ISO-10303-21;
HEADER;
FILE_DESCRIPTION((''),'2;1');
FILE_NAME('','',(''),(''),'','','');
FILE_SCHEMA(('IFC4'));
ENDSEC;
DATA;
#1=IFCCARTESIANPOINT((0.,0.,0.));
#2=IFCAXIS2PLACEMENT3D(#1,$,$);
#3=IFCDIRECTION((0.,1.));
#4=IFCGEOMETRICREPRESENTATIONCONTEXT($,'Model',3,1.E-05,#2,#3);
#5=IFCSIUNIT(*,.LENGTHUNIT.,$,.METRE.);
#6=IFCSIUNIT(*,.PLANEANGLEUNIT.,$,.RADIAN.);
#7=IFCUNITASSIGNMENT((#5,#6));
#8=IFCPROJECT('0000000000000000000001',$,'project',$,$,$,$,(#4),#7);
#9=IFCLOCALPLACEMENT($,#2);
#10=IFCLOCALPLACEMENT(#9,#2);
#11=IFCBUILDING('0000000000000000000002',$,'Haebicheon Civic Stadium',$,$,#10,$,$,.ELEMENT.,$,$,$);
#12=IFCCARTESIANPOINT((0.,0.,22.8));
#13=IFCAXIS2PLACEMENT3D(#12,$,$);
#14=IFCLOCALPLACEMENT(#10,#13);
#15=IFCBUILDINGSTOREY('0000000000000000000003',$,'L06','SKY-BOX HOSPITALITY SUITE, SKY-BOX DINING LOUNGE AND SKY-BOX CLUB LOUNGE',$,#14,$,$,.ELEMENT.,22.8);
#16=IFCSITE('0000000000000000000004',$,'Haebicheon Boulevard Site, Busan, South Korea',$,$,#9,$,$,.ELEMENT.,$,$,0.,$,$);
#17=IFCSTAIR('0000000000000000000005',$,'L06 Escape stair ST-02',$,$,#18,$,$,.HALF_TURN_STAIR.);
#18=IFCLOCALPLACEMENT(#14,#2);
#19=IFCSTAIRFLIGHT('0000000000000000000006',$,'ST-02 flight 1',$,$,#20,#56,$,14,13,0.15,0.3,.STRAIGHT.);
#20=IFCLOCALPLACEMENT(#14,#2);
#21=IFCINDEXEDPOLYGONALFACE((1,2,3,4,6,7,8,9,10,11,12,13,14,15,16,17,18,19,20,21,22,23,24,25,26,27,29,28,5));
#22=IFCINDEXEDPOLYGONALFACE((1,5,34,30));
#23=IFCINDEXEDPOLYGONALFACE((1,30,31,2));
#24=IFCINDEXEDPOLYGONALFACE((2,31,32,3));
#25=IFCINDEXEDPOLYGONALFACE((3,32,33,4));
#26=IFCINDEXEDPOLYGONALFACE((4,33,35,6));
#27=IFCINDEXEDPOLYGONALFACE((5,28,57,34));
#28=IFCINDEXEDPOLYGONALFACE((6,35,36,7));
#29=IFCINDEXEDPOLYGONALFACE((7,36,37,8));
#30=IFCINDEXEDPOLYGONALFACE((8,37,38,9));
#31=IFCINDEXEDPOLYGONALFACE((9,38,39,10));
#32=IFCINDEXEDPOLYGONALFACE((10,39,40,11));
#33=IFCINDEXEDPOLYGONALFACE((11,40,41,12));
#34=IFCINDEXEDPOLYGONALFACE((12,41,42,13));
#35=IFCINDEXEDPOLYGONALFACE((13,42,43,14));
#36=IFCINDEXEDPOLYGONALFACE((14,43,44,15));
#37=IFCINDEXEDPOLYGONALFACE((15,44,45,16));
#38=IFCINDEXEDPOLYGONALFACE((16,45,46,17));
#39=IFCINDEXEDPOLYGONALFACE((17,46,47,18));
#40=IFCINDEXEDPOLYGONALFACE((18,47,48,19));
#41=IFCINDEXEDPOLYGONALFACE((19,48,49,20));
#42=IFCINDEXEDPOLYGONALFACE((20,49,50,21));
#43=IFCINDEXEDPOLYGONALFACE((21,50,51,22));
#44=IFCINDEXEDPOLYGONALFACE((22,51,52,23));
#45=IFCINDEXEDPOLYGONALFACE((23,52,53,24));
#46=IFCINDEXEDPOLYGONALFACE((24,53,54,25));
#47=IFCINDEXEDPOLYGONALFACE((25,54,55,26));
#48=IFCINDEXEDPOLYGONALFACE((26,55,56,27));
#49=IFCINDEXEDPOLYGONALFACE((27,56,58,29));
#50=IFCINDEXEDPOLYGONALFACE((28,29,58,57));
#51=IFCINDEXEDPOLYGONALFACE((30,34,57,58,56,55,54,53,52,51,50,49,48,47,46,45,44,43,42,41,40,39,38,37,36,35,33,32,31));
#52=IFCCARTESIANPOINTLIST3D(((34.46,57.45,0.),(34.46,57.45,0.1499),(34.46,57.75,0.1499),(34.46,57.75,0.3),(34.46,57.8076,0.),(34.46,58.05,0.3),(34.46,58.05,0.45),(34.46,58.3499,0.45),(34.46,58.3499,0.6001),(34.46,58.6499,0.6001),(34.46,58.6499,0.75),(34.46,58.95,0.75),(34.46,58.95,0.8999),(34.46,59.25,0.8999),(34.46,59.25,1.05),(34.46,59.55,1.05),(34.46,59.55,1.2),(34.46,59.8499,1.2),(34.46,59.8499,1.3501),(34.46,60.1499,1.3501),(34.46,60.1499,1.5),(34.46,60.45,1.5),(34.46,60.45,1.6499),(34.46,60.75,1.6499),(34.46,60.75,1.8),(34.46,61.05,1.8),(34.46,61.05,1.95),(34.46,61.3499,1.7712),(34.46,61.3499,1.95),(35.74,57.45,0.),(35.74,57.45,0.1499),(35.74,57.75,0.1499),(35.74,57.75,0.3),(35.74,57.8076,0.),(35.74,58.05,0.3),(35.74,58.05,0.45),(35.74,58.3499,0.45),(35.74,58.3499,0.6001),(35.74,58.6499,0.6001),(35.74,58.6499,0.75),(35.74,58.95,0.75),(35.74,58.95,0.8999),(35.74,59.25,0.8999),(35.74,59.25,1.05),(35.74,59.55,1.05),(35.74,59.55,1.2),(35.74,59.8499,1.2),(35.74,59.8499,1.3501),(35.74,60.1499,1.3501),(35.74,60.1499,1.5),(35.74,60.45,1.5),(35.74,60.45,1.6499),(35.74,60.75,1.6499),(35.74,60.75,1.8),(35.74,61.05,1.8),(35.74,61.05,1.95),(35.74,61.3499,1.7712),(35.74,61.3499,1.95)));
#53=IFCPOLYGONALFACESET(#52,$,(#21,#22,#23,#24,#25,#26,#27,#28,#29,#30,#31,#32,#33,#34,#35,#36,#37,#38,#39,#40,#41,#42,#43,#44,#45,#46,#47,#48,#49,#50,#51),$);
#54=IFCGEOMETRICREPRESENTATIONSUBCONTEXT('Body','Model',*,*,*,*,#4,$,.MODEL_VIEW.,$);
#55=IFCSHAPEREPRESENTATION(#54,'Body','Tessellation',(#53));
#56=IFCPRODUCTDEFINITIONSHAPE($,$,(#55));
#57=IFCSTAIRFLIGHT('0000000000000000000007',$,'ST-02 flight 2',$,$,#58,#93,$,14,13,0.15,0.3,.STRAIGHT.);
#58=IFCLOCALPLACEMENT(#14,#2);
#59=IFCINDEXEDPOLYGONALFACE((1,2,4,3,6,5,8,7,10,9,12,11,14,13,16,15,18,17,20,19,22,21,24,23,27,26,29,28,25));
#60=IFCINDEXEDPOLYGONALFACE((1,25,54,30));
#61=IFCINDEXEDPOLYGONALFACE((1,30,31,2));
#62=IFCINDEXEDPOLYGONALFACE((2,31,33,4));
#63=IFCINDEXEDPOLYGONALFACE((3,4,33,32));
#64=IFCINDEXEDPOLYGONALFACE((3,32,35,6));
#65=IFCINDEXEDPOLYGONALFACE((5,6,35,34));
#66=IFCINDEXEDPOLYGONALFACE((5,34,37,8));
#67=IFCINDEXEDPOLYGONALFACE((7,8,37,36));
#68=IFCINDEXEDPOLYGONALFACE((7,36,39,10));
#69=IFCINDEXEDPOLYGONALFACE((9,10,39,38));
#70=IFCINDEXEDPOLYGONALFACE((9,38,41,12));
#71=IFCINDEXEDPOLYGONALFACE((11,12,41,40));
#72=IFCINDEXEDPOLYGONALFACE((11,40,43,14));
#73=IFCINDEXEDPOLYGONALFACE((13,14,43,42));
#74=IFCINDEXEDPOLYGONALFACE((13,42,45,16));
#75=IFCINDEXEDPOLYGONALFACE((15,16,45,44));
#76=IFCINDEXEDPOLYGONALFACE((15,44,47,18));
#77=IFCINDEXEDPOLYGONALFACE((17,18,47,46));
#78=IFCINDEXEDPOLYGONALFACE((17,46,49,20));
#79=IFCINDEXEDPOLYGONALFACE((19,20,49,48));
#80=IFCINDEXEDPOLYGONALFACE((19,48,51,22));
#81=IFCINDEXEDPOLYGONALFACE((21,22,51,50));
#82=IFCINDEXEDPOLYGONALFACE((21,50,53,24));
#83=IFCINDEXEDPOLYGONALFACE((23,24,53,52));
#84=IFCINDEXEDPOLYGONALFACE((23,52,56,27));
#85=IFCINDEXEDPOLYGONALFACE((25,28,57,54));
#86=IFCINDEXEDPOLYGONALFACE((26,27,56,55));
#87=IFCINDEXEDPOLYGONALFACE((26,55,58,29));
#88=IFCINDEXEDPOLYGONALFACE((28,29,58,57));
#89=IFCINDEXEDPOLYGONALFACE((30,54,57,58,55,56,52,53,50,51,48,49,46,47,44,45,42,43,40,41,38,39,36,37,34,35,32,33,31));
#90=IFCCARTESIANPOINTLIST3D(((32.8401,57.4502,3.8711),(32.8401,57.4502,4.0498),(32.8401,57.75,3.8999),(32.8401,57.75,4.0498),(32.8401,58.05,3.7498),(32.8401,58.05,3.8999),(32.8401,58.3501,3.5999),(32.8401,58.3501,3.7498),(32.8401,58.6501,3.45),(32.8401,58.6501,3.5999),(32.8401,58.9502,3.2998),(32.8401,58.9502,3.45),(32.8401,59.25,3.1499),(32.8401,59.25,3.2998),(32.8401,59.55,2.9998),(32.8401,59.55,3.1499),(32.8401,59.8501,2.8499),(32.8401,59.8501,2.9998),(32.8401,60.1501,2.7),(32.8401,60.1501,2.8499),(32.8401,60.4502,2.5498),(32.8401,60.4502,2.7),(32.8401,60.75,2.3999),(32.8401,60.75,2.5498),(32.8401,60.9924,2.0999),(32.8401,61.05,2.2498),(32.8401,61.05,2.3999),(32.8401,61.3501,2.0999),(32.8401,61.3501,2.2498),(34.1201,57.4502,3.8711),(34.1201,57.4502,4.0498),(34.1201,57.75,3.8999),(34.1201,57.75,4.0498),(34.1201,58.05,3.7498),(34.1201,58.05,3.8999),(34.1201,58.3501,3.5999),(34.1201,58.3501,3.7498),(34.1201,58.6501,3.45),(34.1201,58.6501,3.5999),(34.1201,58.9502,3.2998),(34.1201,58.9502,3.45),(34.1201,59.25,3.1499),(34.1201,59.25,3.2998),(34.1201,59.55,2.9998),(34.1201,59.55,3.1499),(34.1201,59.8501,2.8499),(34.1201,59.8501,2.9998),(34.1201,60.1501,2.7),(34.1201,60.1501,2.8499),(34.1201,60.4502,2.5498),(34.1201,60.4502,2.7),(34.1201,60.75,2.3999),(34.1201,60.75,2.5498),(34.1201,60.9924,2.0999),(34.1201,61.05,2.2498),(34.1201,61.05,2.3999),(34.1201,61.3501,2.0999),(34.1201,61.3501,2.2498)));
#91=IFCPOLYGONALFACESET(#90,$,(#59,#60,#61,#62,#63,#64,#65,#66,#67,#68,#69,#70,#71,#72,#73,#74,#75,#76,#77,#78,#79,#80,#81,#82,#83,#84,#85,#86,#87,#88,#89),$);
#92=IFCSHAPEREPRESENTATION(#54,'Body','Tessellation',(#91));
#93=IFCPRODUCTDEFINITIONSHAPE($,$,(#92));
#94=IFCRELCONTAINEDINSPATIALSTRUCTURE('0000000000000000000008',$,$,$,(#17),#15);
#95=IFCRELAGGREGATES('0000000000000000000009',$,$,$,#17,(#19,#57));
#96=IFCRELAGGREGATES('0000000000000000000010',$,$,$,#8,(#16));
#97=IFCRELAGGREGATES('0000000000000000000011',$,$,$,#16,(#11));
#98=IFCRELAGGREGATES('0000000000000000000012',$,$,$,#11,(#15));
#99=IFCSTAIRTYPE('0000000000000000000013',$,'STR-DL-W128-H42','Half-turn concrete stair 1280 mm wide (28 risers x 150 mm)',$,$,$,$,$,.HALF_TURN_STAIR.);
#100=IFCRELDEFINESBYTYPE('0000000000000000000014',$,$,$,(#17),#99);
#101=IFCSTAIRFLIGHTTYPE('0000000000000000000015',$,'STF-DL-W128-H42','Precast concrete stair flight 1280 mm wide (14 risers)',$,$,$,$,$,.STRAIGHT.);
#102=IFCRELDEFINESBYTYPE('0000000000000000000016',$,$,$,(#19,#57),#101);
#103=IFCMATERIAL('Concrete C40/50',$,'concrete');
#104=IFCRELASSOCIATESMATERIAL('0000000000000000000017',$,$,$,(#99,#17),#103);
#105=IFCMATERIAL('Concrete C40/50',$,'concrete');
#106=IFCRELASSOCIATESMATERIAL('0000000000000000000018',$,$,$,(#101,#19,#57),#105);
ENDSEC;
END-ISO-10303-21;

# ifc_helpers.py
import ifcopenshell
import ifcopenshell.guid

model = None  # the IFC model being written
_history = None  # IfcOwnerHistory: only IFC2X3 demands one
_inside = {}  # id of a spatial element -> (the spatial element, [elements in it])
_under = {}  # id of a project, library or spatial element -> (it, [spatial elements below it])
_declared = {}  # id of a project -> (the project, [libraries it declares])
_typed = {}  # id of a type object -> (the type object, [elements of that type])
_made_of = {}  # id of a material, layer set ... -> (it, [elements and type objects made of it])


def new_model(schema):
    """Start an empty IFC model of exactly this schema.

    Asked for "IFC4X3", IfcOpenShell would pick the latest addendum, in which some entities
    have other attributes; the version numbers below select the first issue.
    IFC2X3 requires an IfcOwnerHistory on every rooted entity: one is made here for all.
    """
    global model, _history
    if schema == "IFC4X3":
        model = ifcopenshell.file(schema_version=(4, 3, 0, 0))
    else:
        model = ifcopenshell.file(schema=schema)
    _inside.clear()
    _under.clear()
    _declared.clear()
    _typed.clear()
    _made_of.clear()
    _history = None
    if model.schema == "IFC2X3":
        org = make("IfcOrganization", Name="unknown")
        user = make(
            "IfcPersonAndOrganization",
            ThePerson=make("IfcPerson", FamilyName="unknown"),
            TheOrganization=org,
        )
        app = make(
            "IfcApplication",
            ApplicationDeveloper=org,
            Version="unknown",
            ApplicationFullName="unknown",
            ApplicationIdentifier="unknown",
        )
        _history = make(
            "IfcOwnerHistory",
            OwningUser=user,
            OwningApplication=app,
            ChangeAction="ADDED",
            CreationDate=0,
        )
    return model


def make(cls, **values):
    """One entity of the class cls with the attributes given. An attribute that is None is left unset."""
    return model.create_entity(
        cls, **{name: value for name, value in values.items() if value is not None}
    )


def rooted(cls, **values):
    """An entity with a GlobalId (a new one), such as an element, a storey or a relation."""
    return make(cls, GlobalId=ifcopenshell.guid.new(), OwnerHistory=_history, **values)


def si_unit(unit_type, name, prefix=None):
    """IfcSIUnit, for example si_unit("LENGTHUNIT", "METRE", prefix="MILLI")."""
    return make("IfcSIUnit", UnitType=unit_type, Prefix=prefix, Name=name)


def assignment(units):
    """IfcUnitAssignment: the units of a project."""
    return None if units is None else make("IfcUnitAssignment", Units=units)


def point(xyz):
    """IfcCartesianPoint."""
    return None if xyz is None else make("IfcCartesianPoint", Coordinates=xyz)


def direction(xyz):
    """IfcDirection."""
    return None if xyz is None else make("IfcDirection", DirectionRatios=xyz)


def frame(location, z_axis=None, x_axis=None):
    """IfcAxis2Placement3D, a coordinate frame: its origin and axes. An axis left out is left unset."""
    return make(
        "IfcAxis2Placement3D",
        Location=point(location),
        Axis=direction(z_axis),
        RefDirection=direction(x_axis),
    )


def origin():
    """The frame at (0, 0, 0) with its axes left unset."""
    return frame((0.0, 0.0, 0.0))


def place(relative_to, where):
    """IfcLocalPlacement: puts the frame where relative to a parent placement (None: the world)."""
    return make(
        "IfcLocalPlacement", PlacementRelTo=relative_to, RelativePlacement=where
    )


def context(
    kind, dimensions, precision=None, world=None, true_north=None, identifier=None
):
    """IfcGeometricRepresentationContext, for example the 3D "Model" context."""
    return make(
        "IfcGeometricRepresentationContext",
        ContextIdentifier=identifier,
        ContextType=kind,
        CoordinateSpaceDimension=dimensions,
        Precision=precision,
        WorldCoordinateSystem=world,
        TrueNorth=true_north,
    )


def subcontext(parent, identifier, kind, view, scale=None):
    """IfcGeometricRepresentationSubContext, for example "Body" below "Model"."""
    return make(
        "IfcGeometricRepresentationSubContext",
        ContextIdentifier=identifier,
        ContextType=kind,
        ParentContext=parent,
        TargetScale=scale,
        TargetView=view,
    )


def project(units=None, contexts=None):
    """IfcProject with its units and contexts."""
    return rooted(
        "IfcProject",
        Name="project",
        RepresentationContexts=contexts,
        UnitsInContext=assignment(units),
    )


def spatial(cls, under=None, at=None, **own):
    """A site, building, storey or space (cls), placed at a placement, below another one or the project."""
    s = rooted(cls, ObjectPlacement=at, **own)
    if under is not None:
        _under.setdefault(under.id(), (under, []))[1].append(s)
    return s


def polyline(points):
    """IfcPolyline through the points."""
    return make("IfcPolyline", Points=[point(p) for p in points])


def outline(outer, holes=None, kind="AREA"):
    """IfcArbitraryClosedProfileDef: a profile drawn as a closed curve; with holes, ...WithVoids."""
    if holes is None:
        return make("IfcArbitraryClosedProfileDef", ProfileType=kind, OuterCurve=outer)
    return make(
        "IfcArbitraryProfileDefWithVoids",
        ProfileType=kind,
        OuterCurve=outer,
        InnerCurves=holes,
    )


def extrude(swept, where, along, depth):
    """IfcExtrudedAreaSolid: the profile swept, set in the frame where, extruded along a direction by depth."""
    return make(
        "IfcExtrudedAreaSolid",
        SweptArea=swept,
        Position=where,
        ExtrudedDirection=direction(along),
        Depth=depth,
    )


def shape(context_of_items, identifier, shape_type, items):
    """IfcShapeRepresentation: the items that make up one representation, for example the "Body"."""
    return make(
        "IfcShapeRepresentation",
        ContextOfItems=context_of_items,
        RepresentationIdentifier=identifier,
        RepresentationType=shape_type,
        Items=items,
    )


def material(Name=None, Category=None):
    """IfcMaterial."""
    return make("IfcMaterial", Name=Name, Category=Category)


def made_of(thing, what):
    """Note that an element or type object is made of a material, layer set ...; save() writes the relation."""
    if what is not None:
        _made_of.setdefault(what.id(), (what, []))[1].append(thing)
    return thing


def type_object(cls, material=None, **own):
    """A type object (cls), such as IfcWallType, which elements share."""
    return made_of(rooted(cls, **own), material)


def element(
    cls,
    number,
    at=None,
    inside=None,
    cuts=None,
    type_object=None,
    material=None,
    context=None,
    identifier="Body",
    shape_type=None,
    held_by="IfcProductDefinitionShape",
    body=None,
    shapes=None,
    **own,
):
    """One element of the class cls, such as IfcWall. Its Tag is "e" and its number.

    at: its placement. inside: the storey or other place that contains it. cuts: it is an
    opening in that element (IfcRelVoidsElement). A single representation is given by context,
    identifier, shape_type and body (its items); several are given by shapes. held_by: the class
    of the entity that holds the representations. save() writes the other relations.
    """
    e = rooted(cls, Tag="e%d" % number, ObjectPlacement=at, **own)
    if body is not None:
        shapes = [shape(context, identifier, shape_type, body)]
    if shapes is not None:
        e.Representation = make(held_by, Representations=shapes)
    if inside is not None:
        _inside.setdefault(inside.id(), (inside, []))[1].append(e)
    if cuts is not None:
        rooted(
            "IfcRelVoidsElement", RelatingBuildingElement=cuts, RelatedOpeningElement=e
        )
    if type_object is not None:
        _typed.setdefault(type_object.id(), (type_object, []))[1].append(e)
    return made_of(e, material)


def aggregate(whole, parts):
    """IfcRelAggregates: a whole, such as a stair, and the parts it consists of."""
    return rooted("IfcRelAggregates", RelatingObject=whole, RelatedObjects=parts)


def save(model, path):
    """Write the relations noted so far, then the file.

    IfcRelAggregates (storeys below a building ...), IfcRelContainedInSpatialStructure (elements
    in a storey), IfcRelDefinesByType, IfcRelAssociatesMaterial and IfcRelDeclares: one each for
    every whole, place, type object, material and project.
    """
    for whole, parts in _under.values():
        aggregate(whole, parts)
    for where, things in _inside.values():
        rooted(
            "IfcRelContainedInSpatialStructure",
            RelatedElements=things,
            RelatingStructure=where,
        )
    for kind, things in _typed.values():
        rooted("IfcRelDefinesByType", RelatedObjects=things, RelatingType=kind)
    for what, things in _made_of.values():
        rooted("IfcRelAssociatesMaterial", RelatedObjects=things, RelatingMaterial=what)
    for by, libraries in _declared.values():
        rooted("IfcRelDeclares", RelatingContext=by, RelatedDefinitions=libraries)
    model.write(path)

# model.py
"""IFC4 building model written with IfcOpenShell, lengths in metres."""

from ifc_helpers import new_model, si_unit, direction, frame, origin, place, context, subcontext, project, spatial, polyline, outline, extrude, material, type_object, element, aggregate, save


model = new_model("IFC4")

# Units and contexts
model_context = context("Model", 3, precision=1e-05, world=origin(), true_north=direction((0.0, 1.0)))
body_context = subcontext(model_context, "Body", "Model", "MODEL_VIEW")
ifc_project = project(units=[si_unit("LENGTHUNIT", "METRE"), si_unit("PLANEANGLEUNIT", "RADIAN")], contexts=[model_context])

# Site, building, storey
site_placement = place(None, origin())
site = spatial("IfcSite", under=ifc_project, at=site_placement, Name="Haebicheon Boulevard Site, Busan, South Korea", CompositionType="ELEMENT", RefElevation=0.0)
building_placement = place(site_placement, origin())
building = spatial("IfcBuilding", under=site, at=building_placement, Name="Haebicheon Civic Stadium", CompositionType="ELEMENT")
storey_placement = place(building_placement, frame((0.0, 0.0, 22.8)))
storey = spatial("IfcBuildingStorey", under=building, at=storey_placement, Name="L06", Description="SKY-BOX HOSPITALITY SUITE, SKY-BOX DINING LOUNGE AND SKY-BOX CLUB LOUNGE", CompositionType="ELEMENT", Elevation=22.8)

# Stair, stair flights
ifc_material_1 = material(Name="Concrete C40/50", Category="concrete")
stair_type = type_object("IfcStairType", Name="STR-DL-W128-H42", Description="Half-turn concrete stair 1280 mm wide (28 risers x 150 mm)", PredefinedType="HALF_TURN_STAIR", material=ifc_material_1)
stair_placement = place(storey_placement, origin())
stair = element("IfcStair", 1, at=stair_placement, inside=storey, type_object=stair_type, material=ifc_material_1, Name="L06 Escape stair ST-02", PredefinedType="HALF_TURN_STAIR")
ifc_material_2 = material(Name="Concrete C40/50", Category="concrete")
stair_flight_type = type_object("IfcStairFlightType", Name="STF-DL-W128-H42", Description="Precast concrete stair flight 1280 mm wide (14 risers)", PredefinedType="STRAIGHT", material=ifc_material_2)
stair_flight_1_placement = place(storey_placement, frame((35.1001, 57.45, 0.0), z_axis=(0.0, 0.0, 1.0), x_axis=(0.0, 1.0, 0.0)))
stair_flight_1 = element("IfcStairFlight", 2, at=stair_flight_1_placement, type_object=stair_flight_type, material=ifc_material_2, Name="ST-02 flight 1", NumberOfRisers=14, NumberOfTreads=13, PredefinedType="STRAIGHT", RiserHeight=0.15, TreadLength=0.3, context=body_context, shape_type="SweptSolid", body=[
    extrude(outline(polyline([(0.0, 0.0), (0.0, 0.1499), (0.3, 0.1499), (0.3, 0.3), (0.6001, 0.3), (0.6001, 0.45), (0.8999, 0.45), (0.8999, 0.6001), (1.2, 0.6001), (1.2, 0.75), (1.5, 0.75), (1.5, 0.8999), (1.8, 0.8999), (1.8, 1.05), (2.1001, 1.05), (2.1001, 1.2), (2.3999, 1.2), (2.3999, 1.3501), (2.7, 1.3501), (2.7, 1.5), (3.0, 1.5), (3.0, 1.6499), (3.3, 1.6499), (3.3, 1.8), (3.6001, 1.8), (3.6001, 1.95), (3.8999, 1.95), (3.8999, 2.1001), (3.8999, 1.7712), (0.3577, 0.0), (0.0, 0.0)])), frame((0.0, 0.6401, 0.0), z_axis=(0.0, -1.0, 0.0), x_axis=(1.0, 0.0, 0.0)), (0.0, 0.0, 1.0), 1.28),
])
stair_flight_2_placement = place(storey_placement, frame((33.48, 61.3501, 2.0999), z_axis=(0.0, 0.0, 1.0), x_axis=(0.0, -1.0, 0.0)))
stair_flight_2 = element("IfcStairFlight", 3, at=stair_flight_2_placement, type_object=stair_flight_type, material=ifc_material_2, Name="ST-02 flight 2", NumberOfRisers=14, NumberOfTreads=13, PredefinedType="STRAIGHT", RiserHeight=0.15, TreadLength=0.3, context=body_context, shape_type="SweptSolid", body=[
    extrude(outline(polyline([(0.0, 0.0), (0.0, 0.1499), (0.3, 0.1499), (0.3, 0.3), (0.6001, 0.3), (0.6001, 0.45), (0.8999, 0.45), (0.8999, 0.6001), (1.2, 0.6001), (1.2, 0.75), (1.5, 0.75), (1.5, 0.8999), (1.8, 0.8999), (1.8, 1.05), (2.1001, 1.05), (2.1001, 1.2), (2.3999, 1.2), (2.3999, 1.3501), (2.7, 1.3501), (2.7, 1.5), (3.0, 1.5), (3.0, 1.6499), (3.3, 1.6499), (3.3, 1.8), (3.6001, 1.8), (3.6001, 1.95), (3.8999, 1.95), (3.8999, 2.1001), (3.8999, 1.7712), (0.3577, 0.0), (0.0, 0.0)])), frame((0.0, 0.6401, 0.0), z_axis=(0.0, -1.0, 0.0), x_axis=(1.0, 0.0, 0.0)), (0.0, 0.0, 1.0), 1.28),
])
aggregate(stair, [stair_flight_1, stair_flight_2])

save(model, "model.ifc")
